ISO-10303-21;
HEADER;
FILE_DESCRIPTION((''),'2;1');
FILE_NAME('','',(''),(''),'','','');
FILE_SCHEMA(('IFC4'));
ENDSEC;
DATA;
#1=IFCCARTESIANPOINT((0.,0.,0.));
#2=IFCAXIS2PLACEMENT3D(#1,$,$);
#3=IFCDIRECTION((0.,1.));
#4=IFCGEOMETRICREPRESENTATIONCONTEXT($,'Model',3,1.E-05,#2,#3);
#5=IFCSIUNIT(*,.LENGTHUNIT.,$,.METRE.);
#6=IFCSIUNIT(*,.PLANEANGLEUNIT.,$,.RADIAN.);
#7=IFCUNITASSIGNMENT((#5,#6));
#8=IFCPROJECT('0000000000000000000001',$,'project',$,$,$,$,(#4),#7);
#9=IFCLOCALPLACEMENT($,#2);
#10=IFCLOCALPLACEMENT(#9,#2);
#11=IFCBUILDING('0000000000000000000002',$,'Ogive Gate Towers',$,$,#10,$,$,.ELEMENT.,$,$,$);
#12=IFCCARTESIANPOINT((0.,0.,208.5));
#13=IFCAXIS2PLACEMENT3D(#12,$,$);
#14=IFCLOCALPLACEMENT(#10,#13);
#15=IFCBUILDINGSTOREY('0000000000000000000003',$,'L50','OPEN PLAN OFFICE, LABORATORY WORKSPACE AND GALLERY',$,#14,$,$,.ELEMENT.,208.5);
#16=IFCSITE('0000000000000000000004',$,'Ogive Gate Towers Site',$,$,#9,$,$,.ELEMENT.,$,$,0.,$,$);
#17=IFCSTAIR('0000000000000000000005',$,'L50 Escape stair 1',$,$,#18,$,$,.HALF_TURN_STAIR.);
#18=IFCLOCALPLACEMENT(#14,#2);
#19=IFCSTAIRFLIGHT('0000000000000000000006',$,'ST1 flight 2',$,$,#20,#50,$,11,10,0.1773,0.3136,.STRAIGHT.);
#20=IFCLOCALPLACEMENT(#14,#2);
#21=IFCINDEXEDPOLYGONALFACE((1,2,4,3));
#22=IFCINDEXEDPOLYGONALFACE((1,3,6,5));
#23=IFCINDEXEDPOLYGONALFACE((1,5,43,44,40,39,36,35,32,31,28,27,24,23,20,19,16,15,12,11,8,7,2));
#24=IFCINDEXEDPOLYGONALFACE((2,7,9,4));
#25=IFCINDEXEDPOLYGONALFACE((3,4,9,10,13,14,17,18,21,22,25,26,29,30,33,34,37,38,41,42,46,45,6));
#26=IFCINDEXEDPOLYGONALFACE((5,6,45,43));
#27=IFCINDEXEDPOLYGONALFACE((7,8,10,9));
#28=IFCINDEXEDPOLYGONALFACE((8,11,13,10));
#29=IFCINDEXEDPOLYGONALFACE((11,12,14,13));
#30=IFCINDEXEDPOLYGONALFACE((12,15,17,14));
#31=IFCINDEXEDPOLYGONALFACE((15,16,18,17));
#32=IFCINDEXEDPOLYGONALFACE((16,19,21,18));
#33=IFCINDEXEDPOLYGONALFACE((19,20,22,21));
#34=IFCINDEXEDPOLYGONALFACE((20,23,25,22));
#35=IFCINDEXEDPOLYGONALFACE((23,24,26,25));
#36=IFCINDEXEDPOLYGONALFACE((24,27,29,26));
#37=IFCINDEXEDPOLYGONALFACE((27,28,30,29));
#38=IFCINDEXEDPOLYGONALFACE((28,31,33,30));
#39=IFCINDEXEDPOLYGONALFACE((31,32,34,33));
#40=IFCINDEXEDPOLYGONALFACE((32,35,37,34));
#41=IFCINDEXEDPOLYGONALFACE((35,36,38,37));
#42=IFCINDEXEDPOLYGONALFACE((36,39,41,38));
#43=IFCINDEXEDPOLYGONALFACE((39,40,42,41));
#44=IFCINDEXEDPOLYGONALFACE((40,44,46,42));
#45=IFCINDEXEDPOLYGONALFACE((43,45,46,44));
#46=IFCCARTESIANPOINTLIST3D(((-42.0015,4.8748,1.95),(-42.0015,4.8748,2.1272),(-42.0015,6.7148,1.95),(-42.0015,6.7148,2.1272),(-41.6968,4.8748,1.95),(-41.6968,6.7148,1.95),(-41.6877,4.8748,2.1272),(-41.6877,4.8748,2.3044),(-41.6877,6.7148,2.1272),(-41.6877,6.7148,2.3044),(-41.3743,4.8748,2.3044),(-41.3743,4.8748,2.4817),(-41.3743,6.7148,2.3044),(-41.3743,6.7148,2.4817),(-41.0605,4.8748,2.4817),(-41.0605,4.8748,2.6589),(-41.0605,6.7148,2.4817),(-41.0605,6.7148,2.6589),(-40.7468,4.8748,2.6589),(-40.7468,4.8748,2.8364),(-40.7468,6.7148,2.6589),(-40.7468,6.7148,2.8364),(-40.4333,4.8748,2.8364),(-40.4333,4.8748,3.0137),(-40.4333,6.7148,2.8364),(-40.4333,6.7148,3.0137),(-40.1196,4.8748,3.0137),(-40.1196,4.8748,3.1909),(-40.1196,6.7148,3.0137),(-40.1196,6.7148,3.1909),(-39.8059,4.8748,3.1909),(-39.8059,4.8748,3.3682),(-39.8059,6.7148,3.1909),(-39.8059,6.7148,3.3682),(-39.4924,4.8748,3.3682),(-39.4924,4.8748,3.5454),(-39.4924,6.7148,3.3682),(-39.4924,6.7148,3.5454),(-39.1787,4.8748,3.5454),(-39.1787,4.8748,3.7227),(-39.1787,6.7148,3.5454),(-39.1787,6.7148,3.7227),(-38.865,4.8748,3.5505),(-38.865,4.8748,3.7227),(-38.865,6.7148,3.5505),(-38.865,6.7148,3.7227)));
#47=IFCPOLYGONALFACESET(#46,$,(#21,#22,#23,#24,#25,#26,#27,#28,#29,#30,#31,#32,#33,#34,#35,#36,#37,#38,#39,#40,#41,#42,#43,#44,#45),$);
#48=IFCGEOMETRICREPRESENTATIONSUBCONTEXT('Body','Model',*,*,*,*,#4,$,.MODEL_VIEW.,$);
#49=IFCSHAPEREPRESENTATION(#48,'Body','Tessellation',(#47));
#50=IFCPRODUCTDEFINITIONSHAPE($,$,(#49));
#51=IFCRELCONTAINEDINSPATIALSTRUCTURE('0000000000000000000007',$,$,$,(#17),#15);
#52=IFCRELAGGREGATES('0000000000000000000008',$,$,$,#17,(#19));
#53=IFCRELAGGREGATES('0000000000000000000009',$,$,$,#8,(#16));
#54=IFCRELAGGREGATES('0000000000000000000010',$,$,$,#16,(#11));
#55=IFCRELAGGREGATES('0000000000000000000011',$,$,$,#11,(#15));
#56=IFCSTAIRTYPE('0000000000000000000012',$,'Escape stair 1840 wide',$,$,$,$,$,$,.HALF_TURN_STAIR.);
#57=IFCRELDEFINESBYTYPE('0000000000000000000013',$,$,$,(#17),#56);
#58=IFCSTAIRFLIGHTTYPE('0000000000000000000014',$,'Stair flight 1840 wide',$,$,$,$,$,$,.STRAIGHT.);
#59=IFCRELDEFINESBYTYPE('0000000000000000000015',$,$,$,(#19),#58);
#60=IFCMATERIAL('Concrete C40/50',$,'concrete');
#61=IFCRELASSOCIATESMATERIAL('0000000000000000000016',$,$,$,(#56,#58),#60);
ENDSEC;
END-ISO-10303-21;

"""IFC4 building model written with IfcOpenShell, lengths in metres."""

from ifc_helpers import new_model, si_unit, direction, frame, origin, place, context, subcontext, project, spatial, polyline, outline, extrude, material, type_object, element, aggregate, save


model = new_model("IFC4")

# Units and contexts
model_context = context("Model", 3, precision=1e-05, world=origin(), true_north=direction((0.0, 1.0)))
body_context = subcontext(model_context, "Body", "Model", "MODEL_VIEW")
ifc_project = project(units=[si_unit("LENGTHUNIT", "METRE"), si_unit("PLANEANGLEUNIT", "RADIAN")], contexts=[model_context])

# Site, building, storey
site_placement = place(None, origin())
site = spatial("IfcSite", under=ifc_project, at=site_placement, Name="Ogive Gate Towers Site", CompositionType="ELEMENT", RefElevation=0.0)
building_placement = place(site_placement, origin())
building = spatial("IfcBuilding", under=site, at=building_placement, Name="Ogive Gate Towers", CompositionType="ELEMENT")
storey_placement = place(building_placement, frame((0.0, 0.0, 208.5)))
storey = spatial("IfcBuildingStorey", under=building, at=storey_placement, Name="L50", Description="OPEN PLAN OFFICE, LABORATORY WORKSPACE AND GALLERY", CompositionType="ELEMENT", Elevation=208.5)

# Stair, stair flight
ifc_material_1 = material(Name="Concrete C40/50", Category="concrete")
stair_type = type_object("IfcStairType", Name="Escape stair 1840 wide", PredefinedType="HALF_TURN_STAIR", material=ifc_material_1)
stair_placement = place(storey_placement, origin())
stair = element("IfcStair", 1, at=stair_placement, inside=storey, type_object=stair_type, Name="L50 Escape stair 1", PredefinedType="HALF_TURN_STAIR")
stair_flight_type = type_object("IfcStairFlightType", Name="Stair flight 1840 wide", PredefinedType="STRAIGHT", material=ifc_material_1)
stair_flight_placement = place(storey_placement, frame((-42.0015, 5.7949, 1.95), z_axis=(0.0, 0.0, 1.0), x_axis=(1.0, 0.0, 0.0)))
stair_flight = element("IfcStairFlight", 2, at=stair_flight_placement, type_object=stair_flight_type, Name="ST1 flight 2", NumberOfRisers=11, NumberOfTreads=10, PredefinedType="STRAIGHT", RiserHeight=0.1773, TreadLength=0.3136, context=body_context, shape_type="SweptSolid", body=[
    extrude(outline(polyline([(0.0, 0.0), (0.0, 0.1772), (0.3137, 0.1772), (0.3137, 0.3545), (0.6272, 0.3545), (0.6272, 0.5317), (0.9409, 0.5317), (0.9409, 0.709), (1.2546, 0.709), (1.2546, 0.8865), (1.5681, 0.8865), (1.5681, 1.0637), (1.8818, 1.0637), (1.8818, 1.241), (2.1956, 1.241), (2.1956, 1.4182), (2.509, 1.4182), (2.509, 1.5955), (2.8228, 1.5955), (2.8228, 1.7727), (3.1365, 1.7727), (3.1365, 1.95), (3.1365, 1.6006), (0.3047, 0.0), (0.0, 0.0)])), frame((0.0, 0.9199, 0.0), z_axis=(0.0, -1.0, 0.0), x_axis=(1.0, 0.0, 0.0)), (0.0, 0.0, 1.0), 1.8401),
])
aggregate(stair, [stair_flight])

save(model, "model.ifc")
